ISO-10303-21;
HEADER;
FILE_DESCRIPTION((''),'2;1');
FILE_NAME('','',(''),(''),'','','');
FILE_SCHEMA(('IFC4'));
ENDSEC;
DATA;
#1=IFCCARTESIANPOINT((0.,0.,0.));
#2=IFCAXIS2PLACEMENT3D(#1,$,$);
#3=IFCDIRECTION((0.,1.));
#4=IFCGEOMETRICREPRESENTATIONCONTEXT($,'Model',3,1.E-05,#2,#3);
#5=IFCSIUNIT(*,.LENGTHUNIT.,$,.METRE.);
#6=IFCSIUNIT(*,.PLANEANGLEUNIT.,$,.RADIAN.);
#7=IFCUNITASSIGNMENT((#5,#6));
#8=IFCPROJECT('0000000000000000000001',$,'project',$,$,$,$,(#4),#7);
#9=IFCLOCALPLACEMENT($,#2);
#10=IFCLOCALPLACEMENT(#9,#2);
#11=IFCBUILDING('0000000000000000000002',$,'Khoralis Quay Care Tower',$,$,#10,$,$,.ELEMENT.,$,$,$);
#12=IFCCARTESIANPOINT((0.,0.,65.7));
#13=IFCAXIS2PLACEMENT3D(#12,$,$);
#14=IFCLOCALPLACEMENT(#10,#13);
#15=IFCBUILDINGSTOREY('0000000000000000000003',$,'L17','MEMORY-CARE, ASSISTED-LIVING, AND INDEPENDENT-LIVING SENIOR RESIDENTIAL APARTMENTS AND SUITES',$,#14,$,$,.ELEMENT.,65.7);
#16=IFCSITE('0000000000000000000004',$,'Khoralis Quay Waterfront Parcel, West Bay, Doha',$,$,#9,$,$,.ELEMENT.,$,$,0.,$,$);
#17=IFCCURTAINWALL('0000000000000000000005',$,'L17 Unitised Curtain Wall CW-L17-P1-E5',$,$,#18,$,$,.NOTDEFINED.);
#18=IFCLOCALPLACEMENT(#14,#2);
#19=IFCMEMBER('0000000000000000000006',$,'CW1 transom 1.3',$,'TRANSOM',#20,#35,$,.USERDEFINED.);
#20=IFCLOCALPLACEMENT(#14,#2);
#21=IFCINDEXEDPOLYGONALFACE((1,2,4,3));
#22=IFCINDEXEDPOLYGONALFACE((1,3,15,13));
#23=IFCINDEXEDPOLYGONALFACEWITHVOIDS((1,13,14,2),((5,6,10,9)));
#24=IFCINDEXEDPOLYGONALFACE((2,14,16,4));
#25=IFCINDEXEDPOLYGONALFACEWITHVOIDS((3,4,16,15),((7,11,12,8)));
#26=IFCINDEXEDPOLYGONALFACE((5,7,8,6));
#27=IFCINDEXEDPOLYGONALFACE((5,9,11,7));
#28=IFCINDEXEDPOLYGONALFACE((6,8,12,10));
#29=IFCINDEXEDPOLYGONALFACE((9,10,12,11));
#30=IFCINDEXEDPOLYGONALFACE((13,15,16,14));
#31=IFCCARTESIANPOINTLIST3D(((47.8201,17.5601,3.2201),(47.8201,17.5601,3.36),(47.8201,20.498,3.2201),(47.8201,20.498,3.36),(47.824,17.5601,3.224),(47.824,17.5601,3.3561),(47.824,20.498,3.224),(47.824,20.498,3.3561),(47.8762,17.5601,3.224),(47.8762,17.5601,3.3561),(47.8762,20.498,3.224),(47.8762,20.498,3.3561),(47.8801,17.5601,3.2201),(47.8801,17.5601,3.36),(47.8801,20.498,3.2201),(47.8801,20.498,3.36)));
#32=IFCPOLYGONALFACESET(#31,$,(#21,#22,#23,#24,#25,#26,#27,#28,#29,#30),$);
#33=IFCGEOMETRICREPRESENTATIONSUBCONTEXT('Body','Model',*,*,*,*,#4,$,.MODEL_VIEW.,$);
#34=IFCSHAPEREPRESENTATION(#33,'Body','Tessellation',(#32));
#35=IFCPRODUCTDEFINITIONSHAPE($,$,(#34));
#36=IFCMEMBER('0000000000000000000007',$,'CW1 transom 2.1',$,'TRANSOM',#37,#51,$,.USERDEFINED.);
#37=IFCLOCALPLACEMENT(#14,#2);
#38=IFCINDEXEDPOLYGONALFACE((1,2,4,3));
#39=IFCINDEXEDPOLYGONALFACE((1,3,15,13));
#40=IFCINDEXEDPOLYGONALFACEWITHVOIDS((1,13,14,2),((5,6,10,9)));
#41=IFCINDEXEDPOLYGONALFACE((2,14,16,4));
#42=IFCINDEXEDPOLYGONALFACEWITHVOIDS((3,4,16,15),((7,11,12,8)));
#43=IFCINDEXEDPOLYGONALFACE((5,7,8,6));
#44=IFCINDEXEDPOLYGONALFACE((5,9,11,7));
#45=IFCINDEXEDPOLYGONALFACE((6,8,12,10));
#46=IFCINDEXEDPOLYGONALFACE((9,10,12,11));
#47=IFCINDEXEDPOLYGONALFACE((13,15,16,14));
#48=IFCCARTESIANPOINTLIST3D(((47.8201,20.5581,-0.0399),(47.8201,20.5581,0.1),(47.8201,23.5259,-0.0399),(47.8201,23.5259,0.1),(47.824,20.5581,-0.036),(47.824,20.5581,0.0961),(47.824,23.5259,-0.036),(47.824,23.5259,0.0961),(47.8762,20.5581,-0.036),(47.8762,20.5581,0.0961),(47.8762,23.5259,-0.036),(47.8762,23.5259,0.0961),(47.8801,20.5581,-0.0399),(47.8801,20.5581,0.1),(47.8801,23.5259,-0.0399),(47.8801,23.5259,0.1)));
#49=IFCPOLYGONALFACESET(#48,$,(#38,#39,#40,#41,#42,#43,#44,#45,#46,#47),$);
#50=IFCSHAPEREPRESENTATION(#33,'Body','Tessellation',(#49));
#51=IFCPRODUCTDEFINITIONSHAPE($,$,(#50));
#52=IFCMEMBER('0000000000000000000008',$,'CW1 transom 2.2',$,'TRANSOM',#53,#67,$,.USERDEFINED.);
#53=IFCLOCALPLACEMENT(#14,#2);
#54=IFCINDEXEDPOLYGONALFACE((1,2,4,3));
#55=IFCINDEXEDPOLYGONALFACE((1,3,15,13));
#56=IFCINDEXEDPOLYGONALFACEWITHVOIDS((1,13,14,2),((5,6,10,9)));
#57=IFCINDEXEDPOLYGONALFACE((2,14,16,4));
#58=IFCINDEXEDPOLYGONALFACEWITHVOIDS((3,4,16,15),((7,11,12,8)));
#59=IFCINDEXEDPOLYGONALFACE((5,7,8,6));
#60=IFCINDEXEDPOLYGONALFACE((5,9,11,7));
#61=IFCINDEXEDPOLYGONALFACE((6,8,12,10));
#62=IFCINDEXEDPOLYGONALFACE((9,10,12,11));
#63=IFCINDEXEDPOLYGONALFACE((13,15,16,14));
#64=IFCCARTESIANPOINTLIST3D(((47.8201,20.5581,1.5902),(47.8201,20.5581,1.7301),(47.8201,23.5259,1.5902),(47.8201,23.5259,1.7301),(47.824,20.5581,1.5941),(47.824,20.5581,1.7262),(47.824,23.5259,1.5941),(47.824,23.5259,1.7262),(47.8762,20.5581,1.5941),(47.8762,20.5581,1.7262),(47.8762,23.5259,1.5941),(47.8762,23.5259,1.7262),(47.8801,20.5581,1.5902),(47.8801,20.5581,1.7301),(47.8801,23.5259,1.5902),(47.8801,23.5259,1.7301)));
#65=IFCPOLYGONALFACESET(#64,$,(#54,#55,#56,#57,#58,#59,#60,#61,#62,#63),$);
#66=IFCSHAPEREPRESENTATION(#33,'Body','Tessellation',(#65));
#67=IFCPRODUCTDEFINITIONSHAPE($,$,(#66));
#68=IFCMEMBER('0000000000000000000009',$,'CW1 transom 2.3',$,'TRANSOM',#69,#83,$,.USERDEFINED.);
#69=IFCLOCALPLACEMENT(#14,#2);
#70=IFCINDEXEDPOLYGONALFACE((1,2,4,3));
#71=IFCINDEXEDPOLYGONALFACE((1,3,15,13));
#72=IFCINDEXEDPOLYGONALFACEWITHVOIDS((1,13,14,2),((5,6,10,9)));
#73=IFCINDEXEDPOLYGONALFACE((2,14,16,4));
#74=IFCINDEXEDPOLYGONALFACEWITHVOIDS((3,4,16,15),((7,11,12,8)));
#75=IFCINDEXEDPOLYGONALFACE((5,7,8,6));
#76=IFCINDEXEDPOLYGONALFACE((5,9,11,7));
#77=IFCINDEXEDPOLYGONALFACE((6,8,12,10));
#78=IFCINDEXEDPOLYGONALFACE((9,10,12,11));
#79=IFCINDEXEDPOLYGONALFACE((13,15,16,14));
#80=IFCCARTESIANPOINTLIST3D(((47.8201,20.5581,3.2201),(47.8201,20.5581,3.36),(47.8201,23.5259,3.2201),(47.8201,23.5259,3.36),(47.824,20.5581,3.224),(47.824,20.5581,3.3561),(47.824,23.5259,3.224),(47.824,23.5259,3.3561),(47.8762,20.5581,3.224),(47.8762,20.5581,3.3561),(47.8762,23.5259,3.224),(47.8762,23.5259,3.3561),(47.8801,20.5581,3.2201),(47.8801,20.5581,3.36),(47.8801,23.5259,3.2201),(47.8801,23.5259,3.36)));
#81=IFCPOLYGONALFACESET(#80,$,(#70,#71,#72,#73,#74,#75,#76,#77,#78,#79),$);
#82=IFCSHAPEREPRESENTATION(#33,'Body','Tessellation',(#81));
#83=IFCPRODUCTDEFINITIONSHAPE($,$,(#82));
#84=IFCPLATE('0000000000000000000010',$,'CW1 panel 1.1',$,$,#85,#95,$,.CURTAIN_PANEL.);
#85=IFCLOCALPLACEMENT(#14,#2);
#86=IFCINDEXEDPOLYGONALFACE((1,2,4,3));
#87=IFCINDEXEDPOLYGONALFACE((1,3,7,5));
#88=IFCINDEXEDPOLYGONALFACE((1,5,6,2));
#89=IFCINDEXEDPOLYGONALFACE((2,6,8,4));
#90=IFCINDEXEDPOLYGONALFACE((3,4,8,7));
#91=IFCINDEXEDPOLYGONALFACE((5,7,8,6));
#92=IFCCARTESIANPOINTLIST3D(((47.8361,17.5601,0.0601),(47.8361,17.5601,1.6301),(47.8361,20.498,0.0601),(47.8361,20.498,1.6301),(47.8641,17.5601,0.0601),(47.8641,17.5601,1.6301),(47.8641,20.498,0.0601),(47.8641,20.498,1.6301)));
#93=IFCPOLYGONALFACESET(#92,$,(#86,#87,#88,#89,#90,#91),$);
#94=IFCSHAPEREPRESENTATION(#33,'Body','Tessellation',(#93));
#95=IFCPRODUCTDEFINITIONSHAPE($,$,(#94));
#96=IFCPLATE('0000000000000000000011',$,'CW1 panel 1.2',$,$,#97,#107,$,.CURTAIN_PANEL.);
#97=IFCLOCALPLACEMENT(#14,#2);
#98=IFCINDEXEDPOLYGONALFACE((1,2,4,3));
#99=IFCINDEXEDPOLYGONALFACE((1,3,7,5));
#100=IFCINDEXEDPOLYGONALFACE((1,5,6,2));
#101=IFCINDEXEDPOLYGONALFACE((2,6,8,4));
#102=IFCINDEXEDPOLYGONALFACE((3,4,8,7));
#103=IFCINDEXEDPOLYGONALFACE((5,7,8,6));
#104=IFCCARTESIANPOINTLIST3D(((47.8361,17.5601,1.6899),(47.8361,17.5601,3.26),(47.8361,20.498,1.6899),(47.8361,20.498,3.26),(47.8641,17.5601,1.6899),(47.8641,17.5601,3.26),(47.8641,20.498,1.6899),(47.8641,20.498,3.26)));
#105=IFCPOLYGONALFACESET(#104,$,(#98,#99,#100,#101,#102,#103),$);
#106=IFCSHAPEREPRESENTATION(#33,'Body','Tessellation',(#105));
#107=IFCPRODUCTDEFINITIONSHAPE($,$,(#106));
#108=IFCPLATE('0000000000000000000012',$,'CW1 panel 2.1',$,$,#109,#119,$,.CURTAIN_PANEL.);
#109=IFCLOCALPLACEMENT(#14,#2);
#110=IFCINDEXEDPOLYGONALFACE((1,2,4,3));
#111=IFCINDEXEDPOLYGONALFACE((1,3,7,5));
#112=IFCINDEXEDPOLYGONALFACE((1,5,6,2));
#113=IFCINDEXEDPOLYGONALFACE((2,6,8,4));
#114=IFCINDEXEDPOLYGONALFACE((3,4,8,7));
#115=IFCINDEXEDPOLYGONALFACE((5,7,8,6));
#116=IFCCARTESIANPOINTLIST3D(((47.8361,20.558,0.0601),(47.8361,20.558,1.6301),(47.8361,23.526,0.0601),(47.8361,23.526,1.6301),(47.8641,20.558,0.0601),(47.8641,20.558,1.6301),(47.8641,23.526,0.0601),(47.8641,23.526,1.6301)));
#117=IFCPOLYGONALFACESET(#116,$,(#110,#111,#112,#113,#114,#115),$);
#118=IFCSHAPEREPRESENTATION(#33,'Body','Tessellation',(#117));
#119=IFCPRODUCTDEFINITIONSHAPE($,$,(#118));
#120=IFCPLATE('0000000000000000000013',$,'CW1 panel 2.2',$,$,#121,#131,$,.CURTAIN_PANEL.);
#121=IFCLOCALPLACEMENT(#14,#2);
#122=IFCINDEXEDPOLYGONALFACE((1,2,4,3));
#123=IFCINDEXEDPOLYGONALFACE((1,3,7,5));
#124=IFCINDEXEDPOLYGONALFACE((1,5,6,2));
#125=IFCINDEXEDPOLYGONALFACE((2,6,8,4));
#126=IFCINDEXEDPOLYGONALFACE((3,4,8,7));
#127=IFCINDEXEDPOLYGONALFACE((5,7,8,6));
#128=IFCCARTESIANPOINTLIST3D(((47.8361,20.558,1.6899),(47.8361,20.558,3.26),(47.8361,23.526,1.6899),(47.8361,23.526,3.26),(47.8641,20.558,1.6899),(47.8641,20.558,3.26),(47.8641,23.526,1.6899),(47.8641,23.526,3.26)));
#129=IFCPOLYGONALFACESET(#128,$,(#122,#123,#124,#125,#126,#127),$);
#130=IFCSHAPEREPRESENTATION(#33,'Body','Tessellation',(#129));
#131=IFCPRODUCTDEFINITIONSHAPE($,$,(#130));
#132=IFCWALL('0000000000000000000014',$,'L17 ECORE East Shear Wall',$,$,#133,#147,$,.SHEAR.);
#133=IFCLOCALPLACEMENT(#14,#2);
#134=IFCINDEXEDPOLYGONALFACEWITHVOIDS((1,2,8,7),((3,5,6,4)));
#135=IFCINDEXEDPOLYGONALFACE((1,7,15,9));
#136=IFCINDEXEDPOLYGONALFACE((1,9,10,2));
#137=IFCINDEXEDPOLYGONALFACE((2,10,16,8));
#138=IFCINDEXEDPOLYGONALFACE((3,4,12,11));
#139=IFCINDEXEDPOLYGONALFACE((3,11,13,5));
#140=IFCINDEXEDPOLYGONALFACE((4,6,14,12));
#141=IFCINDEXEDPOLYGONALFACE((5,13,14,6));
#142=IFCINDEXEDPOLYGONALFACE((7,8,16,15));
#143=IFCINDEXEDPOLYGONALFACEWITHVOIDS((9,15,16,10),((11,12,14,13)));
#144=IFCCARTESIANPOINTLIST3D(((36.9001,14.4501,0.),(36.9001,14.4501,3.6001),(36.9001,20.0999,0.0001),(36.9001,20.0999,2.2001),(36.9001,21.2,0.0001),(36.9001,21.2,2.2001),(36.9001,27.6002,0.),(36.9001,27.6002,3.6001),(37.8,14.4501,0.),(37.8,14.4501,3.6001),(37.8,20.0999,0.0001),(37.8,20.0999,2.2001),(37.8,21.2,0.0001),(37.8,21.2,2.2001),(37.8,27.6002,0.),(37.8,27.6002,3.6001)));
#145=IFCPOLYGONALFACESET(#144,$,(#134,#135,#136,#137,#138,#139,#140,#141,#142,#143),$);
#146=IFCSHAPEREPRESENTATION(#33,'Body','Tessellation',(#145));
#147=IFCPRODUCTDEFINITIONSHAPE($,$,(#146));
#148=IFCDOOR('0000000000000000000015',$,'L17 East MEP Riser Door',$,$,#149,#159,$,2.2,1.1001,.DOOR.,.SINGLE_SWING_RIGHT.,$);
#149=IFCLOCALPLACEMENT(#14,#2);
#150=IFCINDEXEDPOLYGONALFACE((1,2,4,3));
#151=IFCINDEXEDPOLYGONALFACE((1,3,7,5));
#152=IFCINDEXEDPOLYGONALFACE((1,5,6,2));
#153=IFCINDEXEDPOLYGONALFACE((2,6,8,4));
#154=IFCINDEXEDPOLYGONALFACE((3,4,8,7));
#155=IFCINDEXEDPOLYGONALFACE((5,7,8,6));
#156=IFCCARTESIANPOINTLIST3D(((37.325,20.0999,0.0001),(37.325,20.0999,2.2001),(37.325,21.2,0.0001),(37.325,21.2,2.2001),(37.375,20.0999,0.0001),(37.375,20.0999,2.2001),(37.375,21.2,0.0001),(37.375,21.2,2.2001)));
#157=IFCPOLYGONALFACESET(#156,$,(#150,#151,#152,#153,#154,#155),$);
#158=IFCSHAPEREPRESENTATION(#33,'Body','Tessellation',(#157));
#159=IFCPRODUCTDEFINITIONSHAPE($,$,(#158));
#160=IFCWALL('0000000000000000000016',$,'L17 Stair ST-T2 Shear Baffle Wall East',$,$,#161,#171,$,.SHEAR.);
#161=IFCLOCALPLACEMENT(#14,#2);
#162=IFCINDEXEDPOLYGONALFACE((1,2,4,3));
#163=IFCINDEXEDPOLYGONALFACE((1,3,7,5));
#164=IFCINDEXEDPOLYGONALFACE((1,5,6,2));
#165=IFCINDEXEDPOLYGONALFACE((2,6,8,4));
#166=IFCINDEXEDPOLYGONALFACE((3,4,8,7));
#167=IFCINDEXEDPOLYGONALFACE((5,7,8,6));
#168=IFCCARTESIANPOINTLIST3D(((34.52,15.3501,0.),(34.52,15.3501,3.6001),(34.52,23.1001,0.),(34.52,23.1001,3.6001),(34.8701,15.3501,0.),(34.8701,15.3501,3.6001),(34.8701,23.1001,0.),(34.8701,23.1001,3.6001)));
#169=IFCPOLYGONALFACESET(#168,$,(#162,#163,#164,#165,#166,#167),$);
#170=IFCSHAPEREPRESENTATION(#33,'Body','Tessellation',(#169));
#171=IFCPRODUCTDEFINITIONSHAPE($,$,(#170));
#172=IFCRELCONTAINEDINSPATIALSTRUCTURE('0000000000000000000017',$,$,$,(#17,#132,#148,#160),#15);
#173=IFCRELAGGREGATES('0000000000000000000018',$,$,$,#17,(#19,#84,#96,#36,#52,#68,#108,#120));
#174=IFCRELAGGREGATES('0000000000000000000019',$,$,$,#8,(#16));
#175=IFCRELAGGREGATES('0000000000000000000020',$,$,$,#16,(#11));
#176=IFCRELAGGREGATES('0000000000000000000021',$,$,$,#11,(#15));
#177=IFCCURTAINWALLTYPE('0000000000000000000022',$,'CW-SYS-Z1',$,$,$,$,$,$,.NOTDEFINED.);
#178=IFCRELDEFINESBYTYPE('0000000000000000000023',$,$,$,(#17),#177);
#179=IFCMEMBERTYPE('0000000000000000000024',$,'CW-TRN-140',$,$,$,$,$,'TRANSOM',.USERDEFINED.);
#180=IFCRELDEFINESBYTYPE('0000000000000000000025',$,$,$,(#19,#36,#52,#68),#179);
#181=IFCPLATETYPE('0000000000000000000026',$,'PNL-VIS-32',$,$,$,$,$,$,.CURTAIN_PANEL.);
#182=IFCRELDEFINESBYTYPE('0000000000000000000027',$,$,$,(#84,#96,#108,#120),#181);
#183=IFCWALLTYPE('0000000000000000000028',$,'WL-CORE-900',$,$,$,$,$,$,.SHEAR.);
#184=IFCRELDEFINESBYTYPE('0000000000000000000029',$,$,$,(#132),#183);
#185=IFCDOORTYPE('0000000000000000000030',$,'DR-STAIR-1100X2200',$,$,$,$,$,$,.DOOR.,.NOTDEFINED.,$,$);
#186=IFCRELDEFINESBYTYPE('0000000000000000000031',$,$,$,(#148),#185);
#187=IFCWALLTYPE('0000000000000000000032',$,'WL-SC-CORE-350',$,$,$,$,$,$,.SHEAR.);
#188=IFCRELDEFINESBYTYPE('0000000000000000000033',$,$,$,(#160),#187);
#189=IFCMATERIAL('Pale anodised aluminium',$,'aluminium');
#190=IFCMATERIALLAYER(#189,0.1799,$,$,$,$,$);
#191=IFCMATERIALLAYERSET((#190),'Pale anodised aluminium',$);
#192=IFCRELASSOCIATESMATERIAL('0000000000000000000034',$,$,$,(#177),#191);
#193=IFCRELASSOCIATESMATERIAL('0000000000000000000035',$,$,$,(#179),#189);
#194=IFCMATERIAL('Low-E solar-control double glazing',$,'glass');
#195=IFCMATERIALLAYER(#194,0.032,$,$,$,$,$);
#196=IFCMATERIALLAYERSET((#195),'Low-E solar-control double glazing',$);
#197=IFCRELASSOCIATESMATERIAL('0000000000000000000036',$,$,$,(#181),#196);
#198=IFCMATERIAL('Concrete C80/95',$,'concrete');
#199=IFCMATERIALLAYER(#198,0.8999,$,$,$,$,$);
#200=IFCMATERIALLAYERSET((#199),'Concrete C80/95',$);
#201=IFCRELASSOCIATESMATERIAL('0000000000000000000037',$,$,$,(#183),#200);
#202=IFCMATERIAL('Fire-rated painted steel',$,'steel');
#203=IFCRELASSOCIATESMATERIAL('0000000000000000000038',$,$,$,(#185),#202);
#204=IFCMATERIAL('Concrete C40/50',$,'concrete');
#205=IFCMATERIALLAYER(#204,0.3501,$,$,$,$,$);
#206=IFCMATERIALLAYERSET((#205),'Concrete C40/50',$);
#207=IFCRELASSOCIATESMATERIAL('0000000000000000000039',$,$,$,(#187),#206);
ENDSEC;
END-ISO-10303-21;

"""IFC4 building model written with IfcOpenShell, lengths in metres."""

from ifc_helpers import new_model, si_unit, direction, frame, frame_2d, origin, origin_2d, place, context, subcontext, project, spatial, rectangle, hollow_rectangle, extrude, source, transform, mapped, material, layer, layer_set, material_profile, profile_set, type_object, element, fill, aggregate, save


model = new_model("IFC4")

# Units and contexts
model_context = context("Model", 3, precision=1e-05, world=origin(), true_north=direction((0.0, 1.0)))
body_context = subcontext(model_context, "Body", "Model", "MODEL_VIEW")
ifc_project = project(units=[si_unit("LENGTHUNIT", "METRE"), si_unit("PLANEANGLEUNIT", "RADIAN")], contexts=[model_context])

# Site, building, storey
site_placement = place(None, origin())
site = spatial("IfcSite", under=ifc_project, at=site_placement, Name="Khoralis Quay Waterfront Parcel, West Bay, Doha", CompositionType="ELEMENT", RefElevation=0.0)
building_placement = place(site_placement, origin())
building = spatial("IfcBuilding", under=site, at=building_placement, Name="Khoralis Quay Care Tower", CompositionType="ELEMENT")
storey_placement = place(building_placement, frame((0.0, 0.0, 65.7)))
storey = spatial("IfcBuildingStorey", under=building, at=storey_placement, Name="L17", Description="MEMORY-CARE, ASSISTED-LIVING, AND INDEPENDENT-LIVING SENIOR RESIDENTIAL APARTMENTS AND SUITES", CompositionType="ELEMENT", Elevation=65.7)

# Shared definitions
ifc_material_1 = material(Name="Concrete C80/95", Category="concrete")

# Curtain wall, members, plates
ifc_material_2 = material(Name="Pale anodised aluminium", Category="aluminium")
ifc_layer_1 = layer(ifc_material_2, 0.1799)
ifc_layer_set_1 = layer_set([ifc_layer_1], Name="Pale anodised aluminium")
curtain_wall_type = type_object("IfcCurtainWallType", Name="CW-SYS-Z1", PredefinedType="NOTDEFINED", material=ifc_layer_set_1)
curtain_wall_placement = place(storey_placement, origin())
curtain_wall = element("IfcCurtainWall", 1, at=curtain_wall_placement, inside=storey, type_object=curtain_wall_type, Name="L17 Unitised Curtain Wall CW-L17-P1-E5", PredefinedType="NOTDEFINED")
ifc_material_profile_1 = material_profile(ifc_material_2, hollow_rectangle(XDim=0.0601, YDim=0.1399, WallThickness=0.0039, at=origin_2d()), Name="Pale anodised aluminium")
ifc_profile_set_1 = profile_set([ifc_material_profile_1], Name="Pale anodised aluminium")
member_type_1 = type_object("IfcMemberType", Name="CW-TRN-140", ElementType="TRANSOM", PredefinedType="USERDEFINED", material=ifc_profile_set_1)
shared_shape_1 = source(origin(), body_context, "Body", "SweptSolid", [
    extrude(hollow_rectangle(XDim=0.0601, YDim=0.1399, WallThickness=0.0039, at=origin_2d()), origin(), (0.0, 0.0, 1.0), 2.938),
])
member_1_placement = place(storey_placement, frame((47.8501, 17.5601, 3.29), z_axis=(0.0, 1.0, 0.0), x_axis=(-1.0, 0.0, 0.0)))
member_1 = element("IfcMember", 2, at=member_1_placement, type_object=member_type_1, Name="CW1 transom 1.3", ObjectType="TRANSOM", PredefinedType="USERDEFINED", context=body_context, shape_type="MappedRepresentation", body=[
    mapped(shared_shape_1, transform((0.0, 0.0, 0.0), scale=1.0)),
])
shared_shape_2 = source(origin(), body_context, "Body", "SweptSolid", [
    extrude(hollow_rectangle(XDim=0.0601, YDim=0.1399, WallThickness=0.0039, at=origin_2d()), origin(), (0.0, 0.0, 1.0), 2.9678),
])
member_2_placement = place(storey_placement, frame((47.8501, 20.5581, 0.03), z_axis=(0.0, 1.0, 0.0), x_axis=(-1.0, 0.0, 0.0)))
member_2 = element("IfcMember", 3, at=member_2_placement, type_object=member_type_1, Name="CW1 transom 2.1", ObjectType="TRANSOM", PredefinedType="USERDEFINED", context=body_context, shape_type="MappedRepresentation", body=[
    mapped(shared_shape_2, transform((0.0, 0.0, 0.0), scale=1.0)),
])
member_3_placement = place(storey_placement, frame((47.8501, 20.5581, 1.6602), z_axis=(0.0, 1.0, 0.0), x_axis=(-1.0, 0.0, 0.0)))
member_3 = element("IfcMember", 4, at=member_3_placement, type_object=member_type_1, Name="CW1 transom 2.2", ObjectType="TRANSOM", PredefinedType="USERDEFINED", context=body_context, shape_type="MappedRepresentation", body=[
    mapped(shared_shape_2, transform((0.0, 0.0, 0.0), scale=1.0)),
])
member_4_placement = place(storey_placement, frame((47.8501, 20.5581, 3.29), z_axis=(0.0, 1.0, 0.0), x_axis=(-1.0, 0.0, 0.0)))
member_4 = element("IfcMember", 5, at=member_4_placement, type_object=member_type_1, Name="CW1 transom 2.3", ObjectType="TRANSOM", PredefinedType="USERDEFINED", context=body_context, shape_type="MappedRepresentation", body=[
    mapped(shared_shape_2, transform((0.0, 0.0, 0.0), scale=1.0)),
])
ifc_material_3 = material(Name="Low-E solar-control double glazing", Category="glass")
ifc_layer_2 = layer(ifc_material_3, 0.032)
ifc_layer_set_2 = layer_set([ifc_layer_2], Name="Low-E solar-control double glazing")
plate_type = type_object("IfcPlateType", Name="PNL-VIS-32", PredefinedType="CURTAIN_PANEL", material=ifc_layer_set_2)
shared_shape_3 = source(origin(), body_context, "Body", "SweptSolid", [
    extrude(rectangle(XDim=2.938, YDim=0.0281, at=origin_2d()), origin(), (0.0, 0.0, 1.0), 1.5701),
])
plate_1_placement = place(storey_placement, frame((47.8501, 19.0291, 0.0601), z_axis=(0.0, 0.0, 1.0), x_axis=(0.0, 1.0, 0.0)))
plate_1 = element("IfcPlate", 6, at=plate_1_placement, type_object=plate_type, Name="CW1 panel 1.1", PredefinedType="CURTAIN_PANEL", context=body_context, shape_type="MappedRepresentation", body=[
    mapped(shared_shape_3, transform((0.0, 0.0, 0.0), scale=1.0)),
])
plate_2_placement = place(storey_placement, frame((47.8501, 19.0291, 1.6899), z_axis=(0.0, 0.0, 1.0), x_axis=(0.0, 1.0, 0.0)))
plate_2 = element("IfcPlate", 7, at=plate_2_placement, type_object=plate_type, Name="CW1 panel 1.2", PredefinedType="CURTAIN_PANEL", context=body_context, shape_type="MappedRepresentation", body=[
    mapped(shared_shape_3, transform((0.0, 0.0, 0.0), scale=1.0)),
])
shared_shape_4 = source(origin(), body_context, "Body", "SweptSolid", [
    extrude(rectangle(XDim=2.968, YDim=0.0281, at=origin_2d()), origin(), (0.0, 0.0, 1.0), 1.5701),
])
plate_3_placement = place(storey_placement, frame((47.8501, 22.042, 0.0601), z_axis=(0.0, 0.0, 1.0), x_axis=(0.0, 1.0, 0.0)))
plate_3 = element("IfcPlate", 8, at=plate_3_placement, type_object=plate_type, Name="CW1 panel 2.1", PredefinedType="CURTAIN_PANEL", context=body_context, shape_type="MappedRepresentation", body=[
    mapped(shared_shape_4, transform((0.0, 0.0, 0.0), scale=1.0)),
])
plate_4_placement = place(storey_placement, frame((47.8501, 22.042, 1.6899), z_axis=(0.0, 0.0, 1.0), x_axis=(0.0, 1.0, 0.0)))
plate_4 = element("IfcPlate", 9, at=plate_4_placement, type_object=plate_type, Name="CW1 panel 2.2", PredefinedType="CURTAIN_PANEL", context=body_context, shape_type="MappedRepresentation", body=[
    mapped(shared_shape_4, transform((0.0, 0.0, 0.0), scale=1.0)),
])
aggregate(curtain_wall, [member_1, plate_1, plate_2, member_2, member_3, member_4, plate_3, plate_4])

# Wall, opening, door
ifc_layer_3 = layer(ifc_material_1, 0.8999)
ifc_layer_set_3 = layer_set([ifc_layer_3], Name="Concrete C80/95")
wall_type_1 = type_object("IfcWallType", Name="WL-CORE-900", PredefinedType="SHEAR", material=ifc_layer_set_3)
wall_1_placement = place(storey_placement, frame((37.3501, 14.45, 0.0), z_axis=(0.0, 0.0, 1.0), x_axis=(0.0, 1.0, 0.0)))
wall_1 = element("IfcWall", 10, at=wall_1_placement, inside=storey, type_object=wall_type_1, Name="L17 ECORE East Shear Wall", PredefinedType="SHEAR", context=body_context, shape_type="SweptSolid", body=[
    extrude(rectangle(XDim=13.1501, YDim=0.8999, at=frame_2d((6.5752, 0.0))), origin(), (0.0, 0.0, 1.0), 3.6001),
])
opening_placement = place(wall_1_placement, frame((5.6499, 0.0, 0.0)))
opening = element("IfcOpeningElement", 11, at=opening_placement, cuts=wall_1, PredefinedType="OPENING", context=body_context, shape_type="SweptSolid", body=[
    extrude(rectangle(XDim=1.1001, YDim=2.2, at=frame_2d((0.55, 1.1001))), frame((0.0, 0.46, 0.0), z_axis=(0.0, -1.0, 0.0), x_axis=(1.0, 0.0, 0.0)), (0.0, 0.0, 1.0), 0.9199),
])
ifc_material_4 = material(Name="Fire-rated painted steel", Category="steel")
door_type = type_object("IfcDoorType", Name="DR-STAIR-1100X2200", OperationType="NOTDEFINED", PredefinedType="DOOR", material=ifc_material_4)
shared_shape_5 = source(origin(), body_context, "Body", "SweptSolid", [
    extrude(rectangle(XDim=1.1001, YDim=2.2, at=frame_2d((0.55, 1.1001))), frame((0.0, 0.0249, 0.0), z_axis=(0.0, -1.0, 0.0), x_axis=(1.0, 0.0, 0.0)), (0.0, 0.0, 1.0), 0.05),
])
door_placement = place(opening_placement, frame((1.1001, 0.0, 0.0), z_axis=(0.0, 0.0, 1.0), x_axis=(-1.0, 0.0, 0.0)))
door = element("IfcDoor", 12, at=door_placement, inside=storey, type_object=door_type, Name="L17 East MEP Riser Door", OperationType="SINGLE_SWING_RIGHT", OverallHeight=2.2, OverallWidth=1.1001, PredefinedType="DOOR", context=body_context, shape_type="MappedRepresentation", body=[
    mapped(shared_shape_5, transform((0.0, 0.0, 0.0), scale=1.0)),
])
fill(opening, door)

# Wall
ifc_material_5 = material(Name="Concrete C40/50", Category="concrete")
ifc_layer_4 = layer(ifc_material_5, 0.3501)
ifc_layer_set_4 = layer_set([ifc_layer_4], Name="Concrete C40/50")
wall_type_2 = type_object("IfcWallType", Name="WL-SC-CORE-350", PredefinedType="SHEAR", material=ifc_layer_set_4)
wall_2_placement = place(storey_placement, frame((34.6951, 15.3501, 0.0), z_axis=(0.0, 0.0, 1.0), x_axis=(0.0, 1.0, 0.0)))
element("IfcWall", 13, at=wall_2_placement, inside=storey, type_object=wall_type_2, Name="L17 Stair ST-T2 Shear Baffle Wall East", PredefinedType="SHEAR", context=body_context, shape_type="SweptSolid", body=[
    extrude(rectangle(XDim=7.75, YDim=0.3501, at=frame_2d((3.875, 0.0))), origin(), (0.0, 0.0, 1.0), 3.6001),
])

save(model, "model.ifc")
